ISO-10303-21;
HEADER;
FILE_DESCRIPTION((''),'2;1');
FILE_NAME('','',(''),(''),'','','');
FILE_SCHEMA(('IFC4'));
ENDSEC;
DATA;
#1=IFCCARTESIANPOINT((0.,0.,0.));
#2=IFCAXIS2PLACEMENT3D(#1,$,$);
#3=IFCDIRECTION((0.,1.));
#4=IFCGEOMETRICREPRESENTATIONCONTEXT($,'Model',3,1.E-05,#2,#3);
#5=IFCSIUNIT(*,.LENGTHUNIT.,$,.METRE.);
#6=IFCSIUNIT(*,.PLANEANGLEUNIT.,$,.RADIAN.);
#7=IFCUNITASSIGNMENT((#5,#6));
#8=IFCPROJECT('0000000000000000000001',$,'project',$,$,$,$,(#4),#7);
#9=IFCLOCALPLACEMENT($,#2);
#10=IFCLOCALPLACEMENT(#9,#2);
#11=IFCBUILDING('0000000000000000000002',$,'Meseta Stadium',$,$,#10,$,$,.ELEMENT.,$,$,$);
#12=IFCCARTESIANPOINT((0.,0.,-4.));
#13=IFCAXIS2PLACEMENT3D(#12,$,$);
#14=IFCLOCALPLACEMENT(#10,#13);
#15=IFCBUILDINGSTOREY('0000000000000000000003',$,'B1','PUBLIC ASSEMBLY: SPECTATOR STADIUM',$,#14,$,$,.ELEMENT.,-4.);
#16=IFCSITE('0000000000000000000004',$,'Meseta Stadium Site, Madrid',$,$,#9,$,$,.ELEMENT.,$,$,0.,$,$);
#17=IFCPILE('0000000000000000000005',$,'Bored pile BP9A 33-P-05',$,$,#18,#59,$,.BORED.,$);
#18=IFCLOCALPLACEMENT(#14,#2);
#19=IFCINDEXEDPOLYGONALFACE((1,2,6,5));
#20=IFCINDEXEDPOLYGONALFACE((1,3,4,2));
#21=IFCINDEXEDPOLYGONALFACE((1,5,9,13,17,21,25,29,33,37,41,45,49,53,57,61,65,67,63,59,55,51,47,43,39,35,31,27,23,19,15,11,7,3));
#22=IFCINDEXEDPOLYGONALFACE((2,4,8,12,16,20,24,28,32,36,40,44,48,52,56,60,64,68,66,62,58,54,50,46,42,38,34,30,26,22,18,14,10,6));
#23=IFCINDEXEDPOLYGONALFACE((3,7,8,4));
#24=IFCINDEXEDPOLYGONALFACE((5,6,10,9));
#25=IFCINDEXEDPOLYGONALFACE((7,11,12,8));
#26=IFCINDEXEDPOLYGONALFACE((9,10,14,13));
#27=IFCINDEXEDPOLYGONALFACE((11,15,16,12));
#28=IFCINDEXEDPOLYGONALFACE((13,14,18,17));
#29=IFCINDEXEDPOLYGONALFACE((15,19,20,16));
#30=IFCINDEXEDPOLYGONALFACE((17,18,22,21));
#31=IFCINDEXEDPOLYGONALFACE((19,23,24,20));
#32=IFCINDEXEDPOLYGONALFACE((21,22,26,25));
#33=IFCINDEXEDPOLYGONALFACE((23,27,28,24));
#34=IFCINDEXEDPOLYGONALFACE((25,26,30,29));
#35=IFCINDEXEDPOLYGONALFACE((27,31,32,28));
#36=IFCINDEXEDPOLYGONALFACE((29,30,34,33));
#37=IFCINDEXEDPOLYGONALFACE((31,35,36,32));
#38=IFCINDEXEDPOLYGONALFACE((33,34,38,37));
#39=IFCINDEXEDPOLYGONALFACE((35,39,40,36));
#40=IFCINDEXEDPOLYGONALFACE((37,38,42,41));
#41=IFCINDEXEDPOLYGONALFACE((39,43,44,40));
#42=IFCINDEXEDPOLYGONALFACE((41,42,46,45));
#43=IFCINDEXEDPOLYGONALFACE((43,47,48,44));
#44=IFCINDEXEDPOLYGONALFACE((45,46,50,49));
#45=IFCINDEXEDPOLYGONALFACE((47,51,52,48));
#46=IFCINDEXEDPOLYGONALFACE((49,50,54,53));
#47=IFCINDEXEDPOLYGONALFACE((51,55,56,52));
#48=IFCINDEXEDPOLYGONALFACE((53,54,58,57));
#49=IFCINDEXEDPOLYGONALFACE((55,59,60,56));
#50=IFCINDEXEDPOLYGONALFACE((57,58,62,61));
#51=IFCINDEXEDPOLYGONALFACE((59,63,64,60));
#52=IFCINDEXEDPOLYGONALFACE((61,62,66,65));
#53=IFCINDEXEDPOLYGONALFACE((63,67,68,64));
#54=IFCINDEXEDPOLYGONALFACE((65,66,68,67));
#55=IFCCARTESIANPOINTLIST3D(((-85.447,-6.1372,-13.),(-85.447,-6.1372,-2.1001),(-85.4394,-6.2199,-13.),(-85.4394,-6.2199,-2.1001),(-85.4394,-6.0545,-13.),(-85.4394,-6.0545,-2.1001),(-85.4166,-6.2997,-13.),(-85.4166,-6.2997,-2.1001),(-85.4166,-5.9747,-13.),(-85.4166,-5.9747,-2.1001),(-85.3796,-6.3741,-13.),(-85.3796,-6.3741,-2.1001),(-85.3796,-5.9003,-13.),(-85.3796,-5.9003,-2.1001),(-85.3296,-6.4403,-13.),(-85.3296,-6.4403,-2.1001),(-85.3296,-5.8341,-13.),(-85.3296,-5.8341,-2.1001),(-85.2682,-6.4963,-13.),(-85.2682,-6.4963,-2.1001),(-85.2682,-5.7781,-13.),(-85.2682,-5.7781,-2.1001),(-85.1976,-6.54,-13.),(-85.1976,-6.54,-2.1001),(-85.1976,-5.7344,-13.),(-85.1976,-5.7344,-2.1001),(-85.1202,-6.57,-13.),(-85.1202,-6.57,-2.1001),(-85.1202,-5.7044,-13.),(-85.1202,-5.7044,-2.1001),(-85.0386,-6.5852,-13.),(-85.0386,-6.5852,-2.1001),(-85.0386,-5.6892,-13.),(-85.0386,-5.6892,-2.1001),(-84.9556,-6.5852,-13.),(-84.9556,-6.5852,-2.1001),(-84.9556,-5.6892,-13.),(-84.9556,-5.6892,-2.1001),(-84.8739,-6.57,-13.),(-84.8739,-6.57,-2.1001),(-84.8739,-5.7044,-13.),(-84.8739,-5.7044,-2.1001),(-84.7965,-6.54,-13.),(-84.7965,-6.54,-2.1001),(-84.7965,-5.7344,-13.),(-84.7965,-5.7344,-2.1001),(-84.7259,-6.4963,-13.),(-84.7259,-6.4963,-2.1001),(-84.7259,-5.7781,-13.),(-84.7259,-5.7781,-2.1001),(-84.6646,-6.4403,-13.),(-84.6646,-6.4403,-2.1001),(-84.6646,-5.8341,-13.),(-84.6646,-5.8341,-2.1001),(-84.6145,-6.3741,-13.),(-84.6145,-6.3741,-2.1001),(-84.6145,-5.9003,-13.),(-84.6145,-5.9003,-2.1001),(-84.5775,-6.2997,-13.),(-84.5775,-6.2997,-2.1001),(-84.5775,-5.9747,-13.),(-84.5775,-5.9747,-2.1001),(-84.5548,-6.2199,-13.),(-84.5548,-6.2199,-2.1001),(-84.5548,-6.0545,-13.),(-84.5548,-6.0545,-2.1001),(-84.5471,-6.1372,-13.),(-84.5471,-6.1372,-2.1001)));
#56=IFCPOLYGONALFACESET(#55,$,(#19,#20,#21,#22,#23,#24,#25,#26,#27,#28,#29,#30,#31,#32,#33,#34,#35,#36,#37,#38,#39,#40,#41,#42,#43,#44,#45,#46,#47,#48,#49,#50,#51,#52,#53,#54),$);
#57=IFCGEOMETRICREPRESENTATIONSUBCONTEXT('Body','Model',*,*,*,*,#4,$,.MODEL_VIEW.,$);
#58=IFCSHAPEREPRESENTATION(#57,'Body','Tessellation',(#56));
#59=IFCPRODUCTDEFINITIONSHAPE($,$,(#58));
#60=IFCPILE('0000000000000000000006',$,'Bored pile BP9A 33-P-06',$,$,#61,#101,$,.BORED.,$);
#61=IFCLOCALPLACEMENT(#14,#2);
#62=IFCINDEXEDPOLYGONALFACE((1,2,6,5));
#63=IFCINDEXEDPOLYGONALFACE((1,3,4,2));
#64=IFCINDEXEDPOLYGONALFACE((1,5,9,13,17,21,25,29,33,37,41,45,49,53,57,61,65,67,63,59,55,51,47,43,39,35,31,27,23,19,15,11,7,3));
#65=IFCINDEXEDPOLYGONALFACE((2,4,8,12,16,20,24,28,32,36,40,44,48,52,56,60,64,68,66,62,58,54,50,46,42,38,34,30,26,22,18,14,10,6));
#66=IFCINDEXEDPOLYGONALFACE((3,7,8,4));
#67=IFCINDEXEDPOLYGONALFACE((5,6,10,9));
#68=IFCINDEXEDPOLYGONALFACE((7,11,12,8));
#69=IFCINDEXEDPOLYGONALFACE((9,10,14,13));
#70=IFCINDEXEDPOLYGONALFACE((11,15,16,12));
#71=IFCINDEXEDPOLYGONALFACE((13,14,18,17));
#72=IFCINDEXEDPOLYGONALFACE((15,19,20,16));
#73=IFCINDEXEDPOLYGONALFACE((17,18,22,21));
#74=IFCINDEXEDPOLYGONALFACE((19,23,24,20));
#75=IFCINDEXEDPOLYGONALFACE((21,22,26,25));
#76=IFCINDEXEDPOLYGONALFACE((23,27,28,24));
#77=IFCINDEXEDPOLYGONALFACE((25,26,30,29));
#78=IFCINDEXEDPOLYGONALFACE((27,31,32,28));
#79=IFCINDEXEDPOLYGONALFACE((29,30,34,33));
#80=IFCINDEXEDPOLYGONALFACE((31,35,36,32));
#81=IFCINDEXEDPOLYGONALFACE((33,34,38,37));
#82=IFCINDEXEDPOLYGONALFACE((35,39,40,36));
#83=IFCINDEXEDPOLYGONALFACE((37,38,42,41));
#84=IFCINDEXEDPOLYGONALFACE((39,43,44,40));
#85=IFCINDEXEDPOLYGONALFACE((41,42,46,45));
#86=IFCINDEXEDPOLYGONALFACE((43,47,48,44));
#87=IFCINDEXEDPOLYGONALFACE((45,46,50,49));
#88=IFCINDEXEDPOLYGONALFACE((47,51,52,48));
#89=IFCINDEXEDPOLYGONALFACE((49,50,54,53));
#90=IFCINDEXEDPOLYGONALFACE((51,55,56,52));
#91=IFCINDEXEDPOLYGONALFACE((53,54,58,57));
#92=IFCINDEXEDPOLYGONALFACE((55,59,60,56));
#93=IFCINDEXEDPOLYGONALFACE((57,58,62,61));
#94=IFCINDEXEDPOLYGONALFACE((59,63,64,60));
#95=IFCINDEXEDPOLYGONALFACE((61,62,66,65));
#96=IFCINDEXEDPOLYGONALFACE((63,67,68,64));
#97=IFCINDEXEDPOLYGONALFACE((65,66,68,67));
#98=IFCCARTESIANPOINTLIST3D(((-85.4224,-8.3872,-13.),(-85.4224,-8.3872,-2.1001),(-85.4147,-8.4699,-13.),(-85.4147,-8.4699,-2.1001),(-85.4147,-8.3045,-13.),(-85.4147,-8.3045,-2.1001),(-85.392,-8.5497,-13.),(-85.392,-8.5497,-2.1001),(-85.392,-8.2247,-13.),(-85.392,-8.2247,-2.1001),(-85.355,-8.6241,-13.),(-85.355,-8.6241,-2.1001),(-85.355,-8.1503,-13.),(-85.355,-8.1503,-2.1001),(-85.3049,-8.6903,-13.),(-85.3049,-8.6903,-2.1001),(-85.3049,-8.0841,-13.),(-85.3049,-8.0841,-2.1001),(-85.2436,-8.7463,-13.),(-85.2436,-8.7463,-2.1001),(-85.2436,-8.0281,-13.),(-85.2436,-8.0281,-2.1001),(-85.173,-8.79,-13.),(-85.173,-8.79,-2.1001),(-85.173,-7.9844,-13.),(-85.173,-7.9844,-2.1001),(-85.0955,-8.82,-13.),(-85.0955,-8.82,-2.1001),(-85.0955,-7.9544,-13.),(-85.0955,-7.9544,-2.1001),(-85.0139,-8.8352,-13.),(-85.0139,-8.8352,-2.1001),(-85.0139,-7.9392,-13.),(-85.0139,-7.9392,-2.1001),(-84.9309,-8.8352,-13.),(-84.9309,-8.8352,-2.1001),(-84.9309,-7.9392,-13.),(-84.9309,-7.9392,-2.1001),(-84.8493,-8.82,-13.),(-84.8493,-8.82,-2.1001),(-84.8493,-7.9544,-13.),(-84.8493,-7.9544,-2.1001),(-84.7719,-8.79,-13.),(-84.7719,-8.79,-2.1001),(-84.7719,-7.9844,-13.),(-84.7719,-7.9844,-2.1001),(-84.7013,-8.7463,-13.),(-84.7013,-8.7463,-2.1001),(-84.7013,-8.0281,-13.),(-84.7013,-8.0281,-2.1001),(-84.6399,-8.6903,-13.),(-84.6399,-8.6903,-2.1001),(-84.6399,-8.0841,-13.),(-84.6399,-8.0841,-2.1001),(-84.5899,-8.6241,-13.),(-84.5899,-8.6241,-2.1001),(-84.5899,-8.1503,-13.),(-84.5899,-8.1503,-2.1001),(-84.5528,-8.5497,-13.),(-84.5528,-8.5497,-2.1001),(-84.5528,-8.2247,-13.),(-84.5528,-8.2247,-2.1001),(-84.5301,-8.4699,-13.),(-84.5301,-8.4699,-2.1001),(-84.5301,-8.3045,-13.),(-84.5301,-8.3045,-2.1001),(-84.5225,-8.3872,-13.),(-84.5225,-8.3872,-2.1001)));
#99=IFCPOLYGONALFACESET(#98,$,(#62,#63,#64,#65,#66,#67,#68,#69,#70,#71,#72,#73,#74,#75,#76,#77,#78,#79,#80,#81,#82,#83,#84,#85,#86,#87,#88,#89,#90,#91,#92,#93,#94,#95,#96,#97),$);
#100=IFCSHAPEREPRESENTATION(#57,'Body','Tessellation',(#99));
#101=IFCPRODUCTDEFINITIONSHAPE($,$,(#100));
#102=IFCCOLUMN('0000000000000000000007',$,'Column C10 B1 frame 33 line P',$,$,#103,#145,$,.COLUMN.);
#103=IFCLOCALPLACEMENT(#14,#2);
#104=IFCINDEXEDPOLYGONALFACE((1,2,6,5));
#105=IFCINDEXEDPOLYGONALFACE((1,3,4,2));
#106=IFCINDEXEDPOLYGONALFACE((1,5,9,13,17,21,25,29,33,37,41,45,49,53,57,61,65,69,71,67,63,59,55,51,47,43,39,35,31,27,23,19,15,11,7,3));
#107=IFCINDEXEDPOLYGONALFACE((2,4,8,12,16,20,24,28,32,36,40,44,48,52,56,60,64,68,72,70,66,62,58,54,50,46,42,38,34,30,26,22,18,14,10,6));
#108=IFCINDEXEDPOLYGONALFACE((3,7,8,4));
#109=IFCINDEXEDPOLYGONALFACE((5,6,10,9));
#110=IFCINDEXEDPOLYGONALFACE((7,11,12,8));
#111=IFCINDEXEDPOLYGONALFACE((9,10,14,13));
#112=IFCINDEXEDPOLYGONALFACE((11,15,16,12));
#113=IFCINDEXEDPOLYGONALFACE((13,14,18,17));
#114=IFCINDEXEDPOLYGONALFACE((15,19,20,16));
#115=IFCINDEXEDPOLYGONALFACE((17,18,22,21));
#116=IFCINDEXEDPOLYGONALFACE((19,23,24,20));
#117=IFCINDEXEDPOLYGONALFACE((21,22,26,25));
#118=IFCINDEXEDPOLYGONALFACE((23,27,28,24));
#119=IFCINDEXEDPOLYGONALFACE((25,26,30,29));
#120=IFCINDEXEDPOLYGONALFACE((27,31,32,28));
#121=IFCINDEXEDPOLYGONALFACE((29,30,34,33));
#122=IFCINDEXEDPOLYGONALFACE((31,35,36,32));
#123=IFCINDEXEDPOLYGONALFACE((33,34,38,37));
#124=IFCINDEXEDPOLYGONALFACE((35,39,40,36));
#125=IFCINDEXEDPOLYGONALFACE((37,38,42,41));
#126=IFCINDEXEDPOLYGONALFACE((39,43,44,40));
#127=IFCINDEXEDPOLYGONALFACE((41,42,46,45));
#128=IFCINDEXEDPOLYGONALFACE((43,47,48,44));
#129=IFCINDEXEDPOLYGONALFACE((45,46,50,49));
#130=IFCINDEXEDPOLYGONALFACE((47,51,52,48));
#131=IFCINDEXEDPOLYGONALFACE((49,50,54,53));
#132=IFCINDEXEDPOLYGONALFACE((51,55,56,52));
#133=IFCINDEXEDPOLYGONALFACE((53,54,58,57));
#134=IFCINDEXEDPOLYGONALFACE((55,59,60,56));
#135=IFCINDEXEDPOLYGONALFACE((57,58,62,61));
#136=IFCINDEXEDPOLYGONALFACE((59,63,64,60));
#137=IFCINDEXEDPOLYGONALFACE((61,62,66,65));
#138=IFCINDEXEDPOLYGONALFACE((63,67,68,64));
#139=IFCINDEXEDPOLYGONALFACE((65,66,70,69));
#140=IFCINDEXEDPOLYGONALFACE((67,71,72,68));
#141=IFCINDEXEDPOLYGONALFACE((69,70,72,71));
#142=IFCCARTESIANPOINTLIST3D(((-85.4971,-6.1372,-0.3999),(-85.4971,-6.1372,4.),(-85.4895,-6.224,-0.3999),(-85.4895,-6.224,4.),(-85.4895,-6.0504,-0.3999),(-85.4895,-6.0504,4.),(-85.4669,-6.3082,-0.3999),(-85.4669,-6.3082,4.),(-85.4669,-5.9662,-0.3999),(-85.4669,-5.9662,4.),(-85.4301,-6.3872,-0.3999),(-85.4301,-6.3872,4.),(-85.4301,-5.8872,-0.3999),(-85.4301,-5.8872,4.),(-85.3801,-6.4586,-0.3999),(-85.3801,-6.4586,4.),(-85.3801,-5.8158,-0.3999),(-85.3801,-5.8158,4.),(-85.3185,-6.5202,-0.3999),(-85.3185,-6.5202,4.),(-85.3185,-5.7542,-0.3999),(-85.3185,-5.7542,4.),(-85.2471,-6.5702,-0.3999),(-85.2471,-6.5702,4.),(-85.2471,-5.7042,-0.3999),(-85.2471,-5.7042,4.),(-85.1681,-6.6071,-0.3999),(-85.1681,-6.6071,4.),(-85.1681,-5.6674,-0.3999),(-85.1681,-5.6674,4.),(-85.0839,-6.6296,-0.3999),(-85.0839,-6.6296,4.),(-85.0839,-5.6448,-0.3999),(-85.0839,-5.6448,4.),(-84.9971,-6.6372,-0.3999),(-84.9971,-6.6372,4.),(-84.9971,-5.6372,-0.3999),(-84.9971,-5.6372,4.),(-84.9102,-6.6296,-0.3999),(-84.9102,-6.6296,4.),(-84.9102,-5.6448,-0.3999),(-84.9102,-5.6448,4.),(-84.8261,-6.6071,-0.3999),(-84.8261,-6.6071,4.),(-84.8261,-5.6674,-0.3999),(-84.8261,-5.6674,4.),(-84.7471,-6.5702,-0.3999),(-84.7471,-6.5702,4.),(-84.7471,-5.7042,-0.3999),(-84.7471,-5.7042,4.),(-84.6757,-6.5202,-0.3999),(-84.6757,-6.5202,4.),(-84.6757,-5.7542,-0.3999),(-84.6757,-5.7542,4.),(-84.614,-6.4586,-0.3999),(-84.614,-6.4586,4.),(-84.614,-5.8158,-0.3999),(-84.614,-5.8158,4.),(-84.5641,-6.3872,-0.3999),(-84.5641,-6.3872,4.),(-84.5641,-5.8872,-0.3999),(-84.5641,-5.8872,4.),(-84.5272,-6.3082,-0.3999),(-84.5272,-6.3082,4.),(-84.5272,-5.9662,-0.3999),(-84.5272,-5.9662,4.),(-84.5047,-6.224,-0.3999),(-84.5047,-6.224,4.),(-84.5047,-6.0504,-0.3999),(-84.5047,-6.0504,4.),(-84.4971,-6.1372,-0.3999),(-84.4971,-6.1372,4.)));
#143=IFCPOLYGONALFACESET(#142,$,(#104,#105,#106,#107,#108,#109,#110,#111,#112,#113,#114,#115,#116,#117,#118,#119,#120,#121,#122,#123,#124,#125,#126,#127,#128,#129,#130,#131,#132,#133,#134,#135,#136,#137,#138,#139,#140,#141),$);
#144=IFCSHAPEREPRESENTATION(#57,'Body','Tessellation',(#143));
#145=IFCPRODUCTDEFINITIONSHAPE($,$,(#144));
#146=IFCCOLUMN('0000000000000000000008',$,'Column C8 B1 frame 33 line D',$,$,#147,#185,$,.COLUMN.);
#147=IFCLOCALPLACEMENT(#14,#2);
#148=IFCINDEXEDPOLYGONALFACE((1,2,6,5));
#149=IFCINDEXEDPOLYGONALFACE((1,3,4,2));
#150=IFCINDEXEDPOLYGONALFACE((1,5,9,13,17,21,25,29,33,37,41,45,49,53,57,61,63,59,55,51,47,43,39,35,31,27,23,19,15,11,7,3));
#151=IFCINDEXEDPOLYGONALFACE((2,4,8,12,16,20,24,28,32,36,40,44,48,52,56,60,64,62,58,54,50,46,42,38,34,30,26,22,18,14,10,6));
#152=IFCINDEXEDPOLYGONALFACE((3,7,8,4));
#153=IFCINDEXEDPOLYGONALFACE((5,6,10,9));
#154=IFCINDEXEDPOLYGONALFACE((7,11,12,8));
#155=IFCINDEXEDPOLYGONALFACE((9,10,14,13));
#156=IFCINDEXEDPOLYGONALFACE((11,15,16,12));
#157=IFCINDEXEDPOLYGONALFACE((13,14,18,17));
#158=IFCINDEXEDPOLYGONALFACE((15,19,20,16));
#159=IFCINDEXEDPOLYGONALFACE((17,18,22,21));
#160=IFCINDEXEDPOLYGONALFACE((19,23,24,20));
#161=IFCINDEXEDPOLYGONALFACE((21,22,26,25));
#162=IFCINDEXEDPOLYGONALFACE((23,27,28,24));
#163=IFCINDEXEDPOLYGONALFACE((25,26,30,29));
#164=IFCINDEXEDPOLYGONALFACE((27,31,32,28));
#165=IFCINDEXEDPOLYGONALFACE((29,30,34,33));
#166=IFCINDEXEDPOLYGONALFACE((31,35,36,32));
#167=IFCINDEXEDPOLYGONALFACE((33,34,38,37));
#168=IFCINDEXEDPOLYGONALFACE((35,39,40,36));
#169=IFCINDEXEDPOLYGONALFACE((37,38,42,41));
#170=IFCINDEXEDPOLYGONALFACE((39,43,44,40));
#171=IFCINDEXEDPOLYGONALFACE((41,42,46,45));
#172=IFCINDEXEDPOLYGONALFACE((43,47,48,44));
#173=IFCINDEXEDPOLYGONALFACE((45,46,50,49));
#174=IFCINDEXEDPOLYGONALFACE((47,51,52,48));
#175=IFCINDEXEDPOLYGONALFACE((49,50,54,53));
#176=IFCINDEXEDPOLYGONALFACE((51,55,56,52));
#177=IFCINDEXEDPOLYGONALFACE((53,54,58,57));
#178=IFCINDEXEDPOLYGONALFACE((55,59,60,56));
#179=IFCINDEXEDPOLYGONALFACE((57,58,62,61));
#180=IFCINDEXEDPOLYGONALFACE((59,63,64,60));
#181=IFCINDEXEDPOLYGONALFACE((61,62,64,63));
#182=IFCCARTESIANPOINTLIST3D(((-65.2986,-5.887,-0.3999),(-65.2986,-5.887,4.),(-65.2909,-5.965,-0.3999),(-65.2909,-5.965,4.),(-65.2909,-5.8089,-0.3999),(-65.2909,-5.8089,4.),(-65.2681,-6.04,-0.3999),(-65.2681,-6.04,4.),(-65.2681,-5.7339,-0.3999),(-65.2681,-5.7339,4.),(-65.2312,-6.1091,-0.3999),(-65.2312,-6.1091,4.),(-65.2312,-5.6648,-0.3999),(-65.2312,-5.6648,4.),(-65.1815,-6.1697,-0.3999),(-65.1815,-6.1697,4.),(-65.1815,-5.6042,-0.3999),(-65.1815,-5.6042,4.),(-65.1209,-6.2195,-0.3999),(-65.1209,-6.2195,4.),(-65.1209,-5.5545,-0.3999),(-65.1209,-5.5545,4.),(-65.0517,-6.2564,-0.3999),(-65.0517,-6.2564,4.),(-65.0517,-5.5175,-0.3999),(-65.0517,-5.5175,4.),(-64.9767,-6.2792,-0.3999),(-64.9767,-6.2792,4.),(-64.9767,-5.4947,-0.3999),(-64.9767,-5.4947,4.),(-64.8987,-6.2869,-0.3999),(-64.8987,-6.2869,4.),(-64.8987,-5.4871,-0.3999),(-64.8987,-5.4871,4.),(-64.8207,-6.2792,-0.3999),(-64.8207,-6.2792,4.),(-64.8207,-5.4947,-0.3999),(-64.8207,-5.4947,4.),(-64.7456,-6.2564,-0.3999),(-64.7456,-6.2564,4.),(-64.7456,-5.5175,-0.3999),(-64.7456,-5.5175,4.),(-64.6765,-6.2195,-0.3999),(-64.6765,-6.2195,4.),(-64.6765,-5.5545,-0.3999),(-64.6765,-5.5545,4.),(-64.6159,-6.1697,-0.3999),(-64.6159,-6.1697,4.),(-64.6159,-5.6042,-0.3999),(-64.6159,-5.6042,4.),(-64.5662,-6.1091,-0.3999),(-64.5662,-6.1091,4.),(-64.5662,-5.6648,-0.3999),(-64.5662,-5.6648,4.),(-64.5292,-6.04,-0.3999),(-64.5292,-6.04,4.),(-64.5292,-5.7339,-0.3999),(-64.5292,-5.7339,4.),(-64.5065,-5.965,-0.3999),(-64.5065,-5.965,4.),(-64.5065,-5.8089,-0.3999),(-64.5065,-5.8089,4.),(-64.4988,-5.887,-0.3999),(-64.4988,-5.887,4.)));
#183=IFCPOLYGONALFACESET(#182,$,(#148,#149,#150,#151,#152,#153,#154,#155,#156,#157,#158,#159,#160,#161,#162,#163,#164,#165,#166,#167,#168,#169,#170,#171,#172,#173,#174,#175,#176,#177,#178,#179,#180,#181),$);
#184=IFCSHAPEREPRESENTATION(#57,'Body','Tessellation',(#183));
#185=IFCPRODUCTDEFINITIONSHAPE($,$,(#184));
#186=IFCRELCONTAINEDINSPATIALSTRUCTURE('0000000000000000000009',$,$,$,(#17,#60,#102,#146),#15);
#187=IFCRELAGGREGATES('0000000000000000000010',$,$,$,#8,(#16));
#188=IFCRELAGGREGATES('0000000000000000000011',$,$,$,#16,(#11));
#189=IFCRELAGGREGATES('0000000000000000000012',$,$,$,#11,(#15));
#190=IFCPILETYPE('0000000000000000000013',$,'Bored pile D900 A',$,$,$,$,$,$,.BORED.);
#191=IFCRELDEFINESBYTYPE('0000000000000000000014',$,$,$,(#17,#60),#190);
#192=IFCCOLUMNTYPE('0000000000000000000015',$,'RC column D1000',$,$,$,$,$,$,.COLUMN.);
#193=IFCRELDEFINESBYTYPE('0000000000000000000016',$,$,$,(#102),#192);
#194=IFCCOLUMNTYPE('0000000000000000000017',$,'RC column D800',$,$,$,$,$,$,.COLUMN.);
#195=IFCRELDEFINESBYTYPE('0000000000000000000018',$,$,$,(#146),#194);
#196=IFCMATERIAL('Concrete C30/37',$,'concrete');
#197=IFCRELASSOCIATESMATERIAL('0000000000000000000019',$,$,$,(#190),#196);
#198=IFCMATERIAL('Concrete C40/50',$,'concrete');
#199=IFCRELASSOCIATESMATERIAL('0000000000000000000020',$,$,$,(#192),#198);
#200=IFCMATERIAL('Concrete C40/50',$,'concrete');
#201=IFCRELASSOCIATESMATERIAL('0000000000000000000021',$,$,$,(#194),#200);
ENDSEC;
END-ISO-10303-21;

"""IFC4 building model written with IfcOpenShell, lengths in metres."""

from ifc_helpers import new_model, si_unit, direction, frame, origin, origin_2d, place, context, subcontext, project, spatial, circle, extrude, material, material_profile, profile_set, type_object, element, save


model = new_model("IFC4")

# Units and contexts
model_context = context("Model", 3, precision=1e-05, world=origin(), true_north=direction((0.0, 1.0)))
body_context = subcontext(model_context, "Body", "Model", "MODEL_VIEW")
ifc_project = project(units=[si_unit("LENGTHUNIT", "METRE"), si_unit("PLANEANGLEUNIT", "RADIAN")], contexts=[model_context])

# Site, building, storey
site_placement = place(None, origin())
site = spatial("IfcSite", under=ifc_project, at=site_placement, Name="Meseta Stadium Site, Madrid", CompositionType="ELEMENT", RefElevation=0.0)
building_placement = place(site_placement, origin())
building = spatial("IfcBuilding", under=site, at=building_placement, Name="Meseta Stadium", CompositionType="ELEMENT")
storey_placement = place(building_placement, frame((0.0, 0.0, -4.0)))
storey = spatial("IfcBuildingStorey", under=building, at=storey_placement, Name="B1", Description="PUBLIC ASSEMBLY: SPECTATOR STADIUM", CompositionType="ELEMENT", Elevation=-4.0)

# Piles
ifc_material_1 = material(Name="Concrete C30/37", Category="concrete")
ifc_material_profile_1 = material_profile(ifc_material_1, circle(Radius=0.45, at=origin_2d()), Name="D900")
ifc_profile_set_1 = profile_set([ifc_material_profile_1], Name="Concrete C30/37")
pile_type = type_object("IfcPileType", Name="Bored pile D900 A", PredefinedType="BORED", material=ifc_profile_set_1)
for number, where, z_axis, x_axis, name in (
    (1, (-84.9971, -6.1372, -2.1001), (0.0, 0.0, -1.0), (1.0, 0.0, 0.0), "Bored pile BP9A 33-P-05"),
    (2, (-84.9724, -8.3872, -2.1001), (0.0, 0.0, -1.0), (1.0, 0.0, 0.0), "Bored pile BP9A 33-P-06"),
):
    element("IfcPile", number, at=place(storey_placement, frame(where, z_axis=z_axis, x_axis=x_axis)), inside=storey, type_object=pile_type, Name=name, PredefinedType="BORED", context=body_context, shape_type="SweptSolid", body=[
        extrude(circle(Radius=0.45, at=origin_2d()), origin(), (0.0, 0.0, 1.0), 10.8999),
    ])

# Columns
ifc_material_2 = material(Name="Concrete C40/50", Category="concrete")
ifc_material_profile_2 = material_profile(ifc_material_2, circle(Radius=0.5, at=origin_2d()), Name="RC D1000")
ifc_profile_set_2 = profile_set([ifc_material_profile_2], Name="Concrete C40/50")
column_type_1 = type_object("IfcColumnType", Name="RC column D1000", PredefinedType="COLUMN", material=ifc_profile_set_2)
column_1_placement = place(storey_placement, frame((-84.9971, -6.1372, -0.3999), z_axis=(0.0, 0.0, 1.0), x_axis=(1.0, 0.0, 0.0)))
element("IfcColumn", 3, at=column_1_placement, inside=storey, type_object=column_type_1, Name="Column C10 B1 frame 33 line P", PredefinedType="COLUMN", context=body_context, shape_type="SweptSolid", body=[
    extrude(circle(Radius=0.5, at=origin_2d()), origin(), (0.0, 0.0, 1.0), 4.3999),
])
ifc_material_3 = material(Name="Concrete C40/50", Category="concrete")
ifc_material_profile_3 = material_profile(ifc_material_3, circle(Radius=0.3999, at=origin_2d()), Name="RC D800")
ifc_profile_set_3 = profile_set([ifc_material_profile_3], Name="Concrete C40/50")
column_type_2 = type_object("IfcColumnType", Name="RC column D800", PredefinedType="COLUMN", material=ifc_profile_set_3)
column_2_placement = place(storey_placement, frame((-64.8987, -5.887, -0.3999), z_axis=(0.0, 0.0, 1.0), x_axis=(1.0, 0.0, 0.0)))
element("IfcColumn", 4, at=column_2_placement, inside=storey, type_object=column_type_2, Name="Column C8 B1 frame 33 line D", PredefinedType="COLUMN", context=body_context, shape_type="SweptSolid", body=[
    extrude(circle(Radius=0.3999, at=origin_2d()), origin(), (0.0, 0.0, 1.0), 4.3999),
])

save(model, "model.ifc")
